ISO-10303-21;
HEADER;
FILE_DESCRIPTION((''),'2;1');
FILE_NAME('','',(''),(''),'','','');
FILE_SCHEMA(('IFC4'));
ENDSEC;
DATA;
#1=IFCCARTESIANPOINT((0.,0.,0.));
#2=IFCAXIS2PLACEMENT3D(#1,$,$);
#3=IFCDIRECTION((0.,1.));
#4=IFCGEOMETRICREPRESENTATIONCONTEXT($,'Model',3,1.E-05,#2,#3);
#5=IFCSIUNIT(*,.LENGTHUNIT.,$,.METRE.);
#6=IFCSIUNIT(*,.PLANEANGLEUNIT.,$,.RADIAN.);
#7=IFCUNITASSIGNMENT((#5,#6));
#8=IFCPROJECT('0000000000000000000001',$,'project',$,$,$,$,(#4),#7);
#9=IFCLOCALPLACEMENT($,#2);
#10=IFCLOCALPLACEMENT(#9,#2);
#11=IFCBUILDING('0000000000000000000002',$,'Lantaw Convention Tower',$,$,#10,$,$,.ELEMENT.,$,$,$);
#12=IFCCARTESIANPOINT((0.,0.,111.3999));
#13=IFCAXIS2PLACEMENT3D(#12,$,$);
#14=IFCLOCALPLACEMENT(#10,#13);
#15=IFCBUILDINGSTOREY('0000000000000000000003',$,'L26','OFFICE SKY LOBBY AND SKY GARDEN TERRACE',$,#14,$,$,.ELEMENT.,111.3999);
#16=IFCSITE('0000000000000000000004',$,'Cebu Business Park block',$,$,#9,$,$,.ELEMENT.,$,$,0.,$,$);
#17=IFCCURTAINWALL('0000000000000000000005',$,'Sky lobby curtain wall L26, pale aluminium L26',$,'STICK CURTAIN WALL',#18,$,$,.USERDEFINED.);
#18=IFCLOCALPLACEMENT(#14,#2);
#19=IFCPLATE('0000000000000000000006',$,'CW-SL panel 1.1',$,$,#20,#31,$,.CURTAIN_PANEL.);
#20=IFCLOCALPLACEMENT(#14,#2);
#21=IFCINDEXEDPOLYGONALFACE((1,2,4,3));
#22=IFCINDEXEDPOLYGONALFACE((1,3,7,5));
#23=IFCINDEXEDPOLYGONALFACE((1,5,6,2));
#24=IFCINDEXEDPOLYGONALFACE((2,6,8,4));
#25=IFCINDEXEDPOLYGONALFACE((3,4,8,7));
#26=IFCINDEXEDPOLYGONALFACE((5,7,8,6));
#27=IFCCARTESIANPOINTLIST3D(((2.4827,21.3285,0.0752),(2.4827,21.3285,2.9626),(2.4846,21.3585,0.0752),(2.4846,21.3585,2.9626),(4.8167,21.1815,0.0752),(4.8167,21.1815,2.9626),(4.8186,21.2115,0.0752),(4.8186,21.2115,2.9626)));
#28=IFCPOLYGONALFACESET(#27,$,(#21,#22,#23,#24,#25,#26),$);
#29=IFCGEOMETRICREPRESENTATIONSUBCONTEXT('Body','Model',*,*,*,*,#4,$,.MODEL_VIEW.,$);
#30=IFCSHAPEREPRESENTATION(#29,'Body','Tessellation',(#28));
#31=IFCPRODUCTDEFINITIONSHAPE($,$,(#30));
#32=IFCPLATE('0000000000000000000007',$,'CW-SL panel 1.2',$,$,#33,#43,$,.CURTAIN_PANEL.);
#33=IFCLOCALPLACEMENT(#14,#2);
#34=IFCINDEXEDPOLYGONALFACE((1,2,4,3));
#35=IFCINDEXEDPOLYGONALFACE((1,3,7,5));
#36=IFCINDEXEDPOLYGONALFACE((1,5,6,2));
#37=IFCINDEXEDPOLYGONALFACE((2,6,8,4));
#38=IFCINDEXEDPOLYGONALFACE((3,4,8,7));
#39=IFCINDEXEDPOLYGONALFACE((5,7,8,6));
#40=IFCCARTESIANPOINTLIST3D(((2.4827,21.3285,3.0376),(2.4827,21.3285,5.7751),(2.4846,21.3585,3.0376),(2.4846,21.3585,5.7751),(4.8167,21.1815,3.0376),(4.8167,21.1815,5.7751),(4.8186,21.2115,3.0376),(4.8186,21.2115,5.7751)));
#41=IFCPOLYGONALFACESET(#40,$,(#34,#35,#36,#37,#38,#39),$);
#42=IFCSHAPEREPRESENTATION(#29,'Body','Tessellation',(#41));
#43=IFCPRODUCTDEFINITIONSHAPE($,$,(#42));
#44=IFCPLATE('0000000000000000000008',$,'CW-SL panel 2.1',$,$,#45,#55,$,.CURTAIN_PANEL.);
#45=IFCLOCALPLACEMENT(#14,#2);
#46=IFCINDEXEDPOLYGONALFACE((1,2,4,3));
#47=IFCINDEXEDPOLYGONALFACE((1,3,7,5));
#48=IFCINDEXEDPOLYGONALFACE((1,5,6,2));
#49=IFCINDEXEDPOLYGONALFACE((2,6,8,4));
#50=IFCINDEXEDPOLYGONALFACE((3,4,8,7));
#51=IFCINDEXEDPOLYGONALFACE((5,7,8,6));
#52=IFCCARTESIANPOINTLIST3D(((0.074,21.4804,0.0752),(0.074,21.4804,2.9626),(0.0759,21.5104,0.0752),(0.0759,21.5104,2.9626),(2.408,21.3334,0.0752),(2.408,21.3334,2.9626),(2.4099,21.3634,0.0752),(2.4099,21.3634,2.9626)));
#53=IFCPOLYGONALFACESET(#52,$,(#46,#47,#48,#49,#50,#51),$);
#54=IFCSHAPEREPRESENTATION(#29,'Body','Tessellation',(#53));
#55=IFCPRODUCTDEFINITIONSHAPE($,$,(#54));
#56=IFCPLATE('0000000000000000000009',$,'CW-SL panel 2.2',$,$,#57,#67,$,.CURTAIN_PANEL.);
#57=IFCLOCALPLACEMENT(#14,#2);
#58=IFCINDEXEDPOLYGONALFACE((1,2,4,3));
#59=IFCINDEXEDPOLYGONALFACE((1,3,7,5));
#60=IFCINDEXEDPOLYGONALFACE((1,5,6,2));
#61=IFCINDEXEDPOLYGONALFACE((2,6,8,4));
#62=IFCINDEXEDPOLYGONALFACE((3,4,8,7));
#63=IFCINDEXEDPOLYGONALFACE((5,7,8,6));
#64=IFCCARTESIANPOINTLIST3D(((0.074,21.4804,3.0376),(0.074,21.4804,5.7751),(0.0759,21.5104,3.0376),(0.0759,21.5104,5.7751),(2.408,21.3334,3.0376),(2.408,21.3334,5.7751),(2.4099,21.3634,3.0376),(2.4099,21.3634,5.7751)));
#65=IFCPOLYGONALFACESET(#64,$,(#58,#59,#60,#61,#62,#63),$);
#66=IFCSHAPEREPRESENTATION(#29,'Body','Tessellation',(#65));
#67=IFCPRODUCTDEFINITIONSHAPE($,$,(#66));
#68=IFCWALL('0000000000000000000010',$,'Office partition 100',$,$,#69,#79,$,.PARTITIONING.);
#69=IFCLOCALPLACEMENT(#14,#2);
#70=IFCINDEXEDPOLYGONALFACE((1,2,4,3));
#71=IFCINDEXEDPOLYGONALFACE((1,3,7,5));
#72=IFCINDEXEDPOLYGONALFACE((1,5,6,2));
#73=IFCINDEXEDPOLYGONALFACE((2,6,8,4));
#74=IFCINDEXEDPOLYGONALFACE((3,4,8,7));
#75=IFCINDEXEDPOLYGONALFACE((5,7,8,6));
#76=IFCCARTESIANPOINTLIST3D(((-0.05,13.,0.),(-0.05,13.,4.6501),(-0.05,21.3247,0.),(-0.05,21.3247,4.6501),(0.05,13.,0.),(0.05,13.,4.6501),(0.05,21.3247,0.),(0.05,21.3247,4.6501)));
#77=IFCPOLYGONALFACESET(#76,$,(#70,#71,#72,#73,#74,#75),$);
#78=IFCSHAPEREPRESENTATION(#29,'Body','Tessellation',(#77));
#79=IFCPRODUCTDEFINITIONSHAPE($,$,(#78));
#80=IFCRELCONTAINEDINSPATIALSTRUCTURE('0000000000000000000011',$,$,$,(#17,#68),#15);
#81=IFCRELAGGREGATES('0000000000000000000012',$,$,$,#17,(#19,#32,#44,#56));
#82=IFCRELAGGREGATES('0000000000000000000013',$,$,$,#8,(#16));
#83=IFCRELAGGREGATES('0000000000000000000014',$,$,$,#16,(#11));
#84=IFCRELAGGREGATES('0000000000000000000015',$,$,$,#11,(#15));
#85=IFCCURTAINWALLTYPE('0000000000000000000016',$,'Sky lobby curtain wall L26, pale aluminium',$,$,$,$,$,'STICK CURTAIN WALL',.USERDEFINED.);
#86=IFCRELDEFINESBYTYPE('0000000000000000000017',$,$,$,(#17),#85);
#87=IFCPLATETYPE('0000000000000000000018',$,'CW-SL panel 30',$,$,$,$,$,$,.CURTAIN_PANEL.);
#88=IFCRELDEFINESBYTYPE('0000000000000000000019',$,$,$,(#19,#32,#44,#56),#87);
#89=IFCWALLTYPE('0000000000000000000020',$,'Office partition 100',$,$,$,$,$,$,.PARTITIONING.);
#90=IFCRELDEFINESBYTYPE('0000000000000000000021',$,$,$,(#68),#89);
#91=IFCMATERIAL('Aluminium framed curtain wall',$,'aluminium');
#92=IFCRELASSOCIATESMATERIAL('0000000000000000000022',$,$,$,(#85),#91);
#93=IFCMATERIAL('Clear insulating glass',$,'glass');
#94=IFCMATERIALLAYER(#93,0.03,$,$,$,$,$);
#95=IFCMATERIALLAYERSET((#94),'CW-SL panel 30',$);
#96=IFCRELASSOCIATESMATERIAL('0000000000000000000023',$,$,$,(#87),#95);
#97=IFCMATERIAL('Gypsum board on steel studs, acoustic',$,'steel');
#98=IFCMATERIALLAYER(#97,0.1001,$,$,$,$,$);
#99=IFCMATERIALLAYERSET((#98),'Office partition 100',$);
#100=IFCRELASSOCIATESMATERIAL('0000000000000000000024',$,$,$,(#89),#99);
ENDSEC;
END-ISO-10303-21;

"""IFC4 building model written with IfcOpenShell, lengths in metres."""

from ifc_helpers import new_model, si_unit, direction, frame, frame_2d, origin, origin_2d, place, context, subcontext, project, spatial, rectangle, extrude, material, layer, layer_set, type_object, element, aggregate, save


model = new_model("IFC4")

# Units and contexts
model_context = context("Model", 3, precision=1e-05, world=origin(), true_north=direction((0.0, 1.0)))
body_context = subcontext(model_context, "Body", "Model", "MODEL_VIEW")
ifc_project = project(units=[si_unit("LENGTHUNIT", "METRE"), si_unit("PLANEANGLEUNIT", "RADIAN")], contexts=[model_context])

# Site, building, storey
site_placement = place(None, origin())
site = spatial("IfcSite", under=ifc_project, at=site_placement, Name="Cebu Business Park block", CompositionType="ELEMENT", RefElevation=0.0)
building_placement = place(site_placement, origin())
building = spatial("IfcBuilding", under=site, at=building_placement, Name="Lantaw Convention Tower", CompositionType="ELEMENT")
storey_placement = place(building_placement, frame((0.0, 0.0, 111.3999)))
storey = spatial("IfcBuildingStorey", under=building, at=storey_placement, Name="L26", Description="OFFICE SKY LOBBY AND SKY GARDEN TERRACE", CompositionType="ELEMENT", Elevation=111.3999)

# Curtain wall, plates
ifc_material_1 = material(Name="Aluminium framed curtain wall", Category="aluminium")
curtain_wall_type = type_object("IfcCurtainWallType", Name="Sky lobby curtain wall L26, pale aluminium", ElementType="STICK CURTAIN WALL", PredefinedType="USERDEFINED", material=ifc_material_1)
curtain_wall_placement = place(storey_placement, origin())
curtain_wall = element("IfcCurtainWall", 1, at=curtain_wall_placement, inside=storey, type_object=curtain_wall_type, Name="Sky lobby curtain wall L26, pale aluminium L26", ObjectType="STICK CURTAIN WALL", PredefinedType="USERDEFINED")
ifc_material_2 = material(Name="Clear insulating glass", Category="glass")
ifc_layer_1 = layer(ifc_material_2, 0.03)
ifc_layer_set_1 = layer_set([ifc_layer_1], Name="CW-SL panel 30")
plate_type = type_object("IfcPlateType", Name="CW-SL panel 30", PredefinedType="CURTAIN_PANEL", material=ifc_layer_set_1)
plate_1_placement = place(storey_placement, frame((3.6506, 21.27, 0.0752), z_axis=(0.0, 0.0, 1.0), x_axis=(-0.998022, 0.062865, 0.0)))
plate_1 = element("IfcPlate", 2, at=plate_1_placement, type_object=plate_type, Name="CW-SL panel 1.1", PredefinedType="CURTAIN_PANEL", context=body_context, shape_type="SweptSolid", body=[
    extrude(rectangle(XDim=2.3386, YDim=0.03, at=origin_2d()), origin(), (0.0, 0.0, 1.0), 2.8875),
])
plate_2_placement = place(storey_placement, frame((3.6506, 21.27, 3.0376), z_axis=(0.0, 0.0, 1.0), x_axis=(-0.998022, 0.062865, 0.0)))
plate_2 = element("IfcPlate", 3, at=plate_2_placement, type_object=plate_type, Name="CW-SL panel 1.2", PredefinedType="CURTAIN_PANEL", context=body_context, shape_type="SweptSolid", body=[
    extrude(rectangle(XDim=2.3386, YDim=0.03, at=origin_2d()), origin(), (0.0, 0.0, 1.0), 2.7375),
])
plate_3_placement = place(storey_placement, frame((1.2419, 21.4219, 0.0752), z_axis=(0.0, 0.0, 1.0), x_axis=(-0.998022, 0.062865, 0.0)))
plate_3 = element("IfcPlate", 4, at=plate_3_placement, type_object=plate_type, Name="CW-SL panel 2.1", PredefinedType="CURTAIN_PANEL", context=body_context, shape_type="SweptSolid", body=[
    extrude(rectangle(XDim=2.3386, YDim=0.03, at=origin_2d()), origin(), (0.0, 0.0, 1.0), 2.8875),
])
plate_4_placement = place(storey_placement, frame((1.2419, 21.4219, 3.0376), z_axis=(0.0, 0.0, 1.0), x_axis=(-0.998022, 0.062865, 0.0)))
plate_4 = element("IfcPlate", 5, at=plate_4_placement, type_object=plate_type, Name="CW-SL panel 2.2", PredefinedType="CURTAIN_PANEL", context=body_context, shape_type="SweptSolid", body=[
    extrude(rectangle(XDim=2.3386, YDim=0.03, at=origin_2d()), origin(), (0.0, 0.0, 1.0), 2.7375),
])
aggregate(curtain_wall, [plate_1, plate_2, plate_3, plate_4])

# Wall
ifc_material_3 = material(Name="Gypsum board on steel studs, acoustic", Category="steel")
ifc_layer_2 = layer(ifc_material_3, 0.1001)
ifc_layer_set_2 = layer_set([ifc_layer_2], Name="Office partition 100")
wall_type_1 = type_object("IfcWallType", Name="Office partition 100", PredefinedType="PARTITIONING", material=ifc_layer_set_2)
wall_1_placement = place(storey_placement, frame((0.0, 21.3247, 0.0), z_axis=(0.0, 0.0, 1.0), x_axis=(0.0, -1.0, 0.0)))
element("IfcWall", 6, at=wall_1_placement, inside=storey, type_object=wall_type_1, Name="Office partition 100", PredefinedType="PARTITIONING", context=body_context, shape_type="SweptSolid", body=[
    extrude(rectangle(XDim=8.3247, YDim=0.1001, at=frame_2d((4.1624, 0.0))), origin(), (0.0, 0.0, 1.0), 4.6501),
])

save(model, "model.ifc")
